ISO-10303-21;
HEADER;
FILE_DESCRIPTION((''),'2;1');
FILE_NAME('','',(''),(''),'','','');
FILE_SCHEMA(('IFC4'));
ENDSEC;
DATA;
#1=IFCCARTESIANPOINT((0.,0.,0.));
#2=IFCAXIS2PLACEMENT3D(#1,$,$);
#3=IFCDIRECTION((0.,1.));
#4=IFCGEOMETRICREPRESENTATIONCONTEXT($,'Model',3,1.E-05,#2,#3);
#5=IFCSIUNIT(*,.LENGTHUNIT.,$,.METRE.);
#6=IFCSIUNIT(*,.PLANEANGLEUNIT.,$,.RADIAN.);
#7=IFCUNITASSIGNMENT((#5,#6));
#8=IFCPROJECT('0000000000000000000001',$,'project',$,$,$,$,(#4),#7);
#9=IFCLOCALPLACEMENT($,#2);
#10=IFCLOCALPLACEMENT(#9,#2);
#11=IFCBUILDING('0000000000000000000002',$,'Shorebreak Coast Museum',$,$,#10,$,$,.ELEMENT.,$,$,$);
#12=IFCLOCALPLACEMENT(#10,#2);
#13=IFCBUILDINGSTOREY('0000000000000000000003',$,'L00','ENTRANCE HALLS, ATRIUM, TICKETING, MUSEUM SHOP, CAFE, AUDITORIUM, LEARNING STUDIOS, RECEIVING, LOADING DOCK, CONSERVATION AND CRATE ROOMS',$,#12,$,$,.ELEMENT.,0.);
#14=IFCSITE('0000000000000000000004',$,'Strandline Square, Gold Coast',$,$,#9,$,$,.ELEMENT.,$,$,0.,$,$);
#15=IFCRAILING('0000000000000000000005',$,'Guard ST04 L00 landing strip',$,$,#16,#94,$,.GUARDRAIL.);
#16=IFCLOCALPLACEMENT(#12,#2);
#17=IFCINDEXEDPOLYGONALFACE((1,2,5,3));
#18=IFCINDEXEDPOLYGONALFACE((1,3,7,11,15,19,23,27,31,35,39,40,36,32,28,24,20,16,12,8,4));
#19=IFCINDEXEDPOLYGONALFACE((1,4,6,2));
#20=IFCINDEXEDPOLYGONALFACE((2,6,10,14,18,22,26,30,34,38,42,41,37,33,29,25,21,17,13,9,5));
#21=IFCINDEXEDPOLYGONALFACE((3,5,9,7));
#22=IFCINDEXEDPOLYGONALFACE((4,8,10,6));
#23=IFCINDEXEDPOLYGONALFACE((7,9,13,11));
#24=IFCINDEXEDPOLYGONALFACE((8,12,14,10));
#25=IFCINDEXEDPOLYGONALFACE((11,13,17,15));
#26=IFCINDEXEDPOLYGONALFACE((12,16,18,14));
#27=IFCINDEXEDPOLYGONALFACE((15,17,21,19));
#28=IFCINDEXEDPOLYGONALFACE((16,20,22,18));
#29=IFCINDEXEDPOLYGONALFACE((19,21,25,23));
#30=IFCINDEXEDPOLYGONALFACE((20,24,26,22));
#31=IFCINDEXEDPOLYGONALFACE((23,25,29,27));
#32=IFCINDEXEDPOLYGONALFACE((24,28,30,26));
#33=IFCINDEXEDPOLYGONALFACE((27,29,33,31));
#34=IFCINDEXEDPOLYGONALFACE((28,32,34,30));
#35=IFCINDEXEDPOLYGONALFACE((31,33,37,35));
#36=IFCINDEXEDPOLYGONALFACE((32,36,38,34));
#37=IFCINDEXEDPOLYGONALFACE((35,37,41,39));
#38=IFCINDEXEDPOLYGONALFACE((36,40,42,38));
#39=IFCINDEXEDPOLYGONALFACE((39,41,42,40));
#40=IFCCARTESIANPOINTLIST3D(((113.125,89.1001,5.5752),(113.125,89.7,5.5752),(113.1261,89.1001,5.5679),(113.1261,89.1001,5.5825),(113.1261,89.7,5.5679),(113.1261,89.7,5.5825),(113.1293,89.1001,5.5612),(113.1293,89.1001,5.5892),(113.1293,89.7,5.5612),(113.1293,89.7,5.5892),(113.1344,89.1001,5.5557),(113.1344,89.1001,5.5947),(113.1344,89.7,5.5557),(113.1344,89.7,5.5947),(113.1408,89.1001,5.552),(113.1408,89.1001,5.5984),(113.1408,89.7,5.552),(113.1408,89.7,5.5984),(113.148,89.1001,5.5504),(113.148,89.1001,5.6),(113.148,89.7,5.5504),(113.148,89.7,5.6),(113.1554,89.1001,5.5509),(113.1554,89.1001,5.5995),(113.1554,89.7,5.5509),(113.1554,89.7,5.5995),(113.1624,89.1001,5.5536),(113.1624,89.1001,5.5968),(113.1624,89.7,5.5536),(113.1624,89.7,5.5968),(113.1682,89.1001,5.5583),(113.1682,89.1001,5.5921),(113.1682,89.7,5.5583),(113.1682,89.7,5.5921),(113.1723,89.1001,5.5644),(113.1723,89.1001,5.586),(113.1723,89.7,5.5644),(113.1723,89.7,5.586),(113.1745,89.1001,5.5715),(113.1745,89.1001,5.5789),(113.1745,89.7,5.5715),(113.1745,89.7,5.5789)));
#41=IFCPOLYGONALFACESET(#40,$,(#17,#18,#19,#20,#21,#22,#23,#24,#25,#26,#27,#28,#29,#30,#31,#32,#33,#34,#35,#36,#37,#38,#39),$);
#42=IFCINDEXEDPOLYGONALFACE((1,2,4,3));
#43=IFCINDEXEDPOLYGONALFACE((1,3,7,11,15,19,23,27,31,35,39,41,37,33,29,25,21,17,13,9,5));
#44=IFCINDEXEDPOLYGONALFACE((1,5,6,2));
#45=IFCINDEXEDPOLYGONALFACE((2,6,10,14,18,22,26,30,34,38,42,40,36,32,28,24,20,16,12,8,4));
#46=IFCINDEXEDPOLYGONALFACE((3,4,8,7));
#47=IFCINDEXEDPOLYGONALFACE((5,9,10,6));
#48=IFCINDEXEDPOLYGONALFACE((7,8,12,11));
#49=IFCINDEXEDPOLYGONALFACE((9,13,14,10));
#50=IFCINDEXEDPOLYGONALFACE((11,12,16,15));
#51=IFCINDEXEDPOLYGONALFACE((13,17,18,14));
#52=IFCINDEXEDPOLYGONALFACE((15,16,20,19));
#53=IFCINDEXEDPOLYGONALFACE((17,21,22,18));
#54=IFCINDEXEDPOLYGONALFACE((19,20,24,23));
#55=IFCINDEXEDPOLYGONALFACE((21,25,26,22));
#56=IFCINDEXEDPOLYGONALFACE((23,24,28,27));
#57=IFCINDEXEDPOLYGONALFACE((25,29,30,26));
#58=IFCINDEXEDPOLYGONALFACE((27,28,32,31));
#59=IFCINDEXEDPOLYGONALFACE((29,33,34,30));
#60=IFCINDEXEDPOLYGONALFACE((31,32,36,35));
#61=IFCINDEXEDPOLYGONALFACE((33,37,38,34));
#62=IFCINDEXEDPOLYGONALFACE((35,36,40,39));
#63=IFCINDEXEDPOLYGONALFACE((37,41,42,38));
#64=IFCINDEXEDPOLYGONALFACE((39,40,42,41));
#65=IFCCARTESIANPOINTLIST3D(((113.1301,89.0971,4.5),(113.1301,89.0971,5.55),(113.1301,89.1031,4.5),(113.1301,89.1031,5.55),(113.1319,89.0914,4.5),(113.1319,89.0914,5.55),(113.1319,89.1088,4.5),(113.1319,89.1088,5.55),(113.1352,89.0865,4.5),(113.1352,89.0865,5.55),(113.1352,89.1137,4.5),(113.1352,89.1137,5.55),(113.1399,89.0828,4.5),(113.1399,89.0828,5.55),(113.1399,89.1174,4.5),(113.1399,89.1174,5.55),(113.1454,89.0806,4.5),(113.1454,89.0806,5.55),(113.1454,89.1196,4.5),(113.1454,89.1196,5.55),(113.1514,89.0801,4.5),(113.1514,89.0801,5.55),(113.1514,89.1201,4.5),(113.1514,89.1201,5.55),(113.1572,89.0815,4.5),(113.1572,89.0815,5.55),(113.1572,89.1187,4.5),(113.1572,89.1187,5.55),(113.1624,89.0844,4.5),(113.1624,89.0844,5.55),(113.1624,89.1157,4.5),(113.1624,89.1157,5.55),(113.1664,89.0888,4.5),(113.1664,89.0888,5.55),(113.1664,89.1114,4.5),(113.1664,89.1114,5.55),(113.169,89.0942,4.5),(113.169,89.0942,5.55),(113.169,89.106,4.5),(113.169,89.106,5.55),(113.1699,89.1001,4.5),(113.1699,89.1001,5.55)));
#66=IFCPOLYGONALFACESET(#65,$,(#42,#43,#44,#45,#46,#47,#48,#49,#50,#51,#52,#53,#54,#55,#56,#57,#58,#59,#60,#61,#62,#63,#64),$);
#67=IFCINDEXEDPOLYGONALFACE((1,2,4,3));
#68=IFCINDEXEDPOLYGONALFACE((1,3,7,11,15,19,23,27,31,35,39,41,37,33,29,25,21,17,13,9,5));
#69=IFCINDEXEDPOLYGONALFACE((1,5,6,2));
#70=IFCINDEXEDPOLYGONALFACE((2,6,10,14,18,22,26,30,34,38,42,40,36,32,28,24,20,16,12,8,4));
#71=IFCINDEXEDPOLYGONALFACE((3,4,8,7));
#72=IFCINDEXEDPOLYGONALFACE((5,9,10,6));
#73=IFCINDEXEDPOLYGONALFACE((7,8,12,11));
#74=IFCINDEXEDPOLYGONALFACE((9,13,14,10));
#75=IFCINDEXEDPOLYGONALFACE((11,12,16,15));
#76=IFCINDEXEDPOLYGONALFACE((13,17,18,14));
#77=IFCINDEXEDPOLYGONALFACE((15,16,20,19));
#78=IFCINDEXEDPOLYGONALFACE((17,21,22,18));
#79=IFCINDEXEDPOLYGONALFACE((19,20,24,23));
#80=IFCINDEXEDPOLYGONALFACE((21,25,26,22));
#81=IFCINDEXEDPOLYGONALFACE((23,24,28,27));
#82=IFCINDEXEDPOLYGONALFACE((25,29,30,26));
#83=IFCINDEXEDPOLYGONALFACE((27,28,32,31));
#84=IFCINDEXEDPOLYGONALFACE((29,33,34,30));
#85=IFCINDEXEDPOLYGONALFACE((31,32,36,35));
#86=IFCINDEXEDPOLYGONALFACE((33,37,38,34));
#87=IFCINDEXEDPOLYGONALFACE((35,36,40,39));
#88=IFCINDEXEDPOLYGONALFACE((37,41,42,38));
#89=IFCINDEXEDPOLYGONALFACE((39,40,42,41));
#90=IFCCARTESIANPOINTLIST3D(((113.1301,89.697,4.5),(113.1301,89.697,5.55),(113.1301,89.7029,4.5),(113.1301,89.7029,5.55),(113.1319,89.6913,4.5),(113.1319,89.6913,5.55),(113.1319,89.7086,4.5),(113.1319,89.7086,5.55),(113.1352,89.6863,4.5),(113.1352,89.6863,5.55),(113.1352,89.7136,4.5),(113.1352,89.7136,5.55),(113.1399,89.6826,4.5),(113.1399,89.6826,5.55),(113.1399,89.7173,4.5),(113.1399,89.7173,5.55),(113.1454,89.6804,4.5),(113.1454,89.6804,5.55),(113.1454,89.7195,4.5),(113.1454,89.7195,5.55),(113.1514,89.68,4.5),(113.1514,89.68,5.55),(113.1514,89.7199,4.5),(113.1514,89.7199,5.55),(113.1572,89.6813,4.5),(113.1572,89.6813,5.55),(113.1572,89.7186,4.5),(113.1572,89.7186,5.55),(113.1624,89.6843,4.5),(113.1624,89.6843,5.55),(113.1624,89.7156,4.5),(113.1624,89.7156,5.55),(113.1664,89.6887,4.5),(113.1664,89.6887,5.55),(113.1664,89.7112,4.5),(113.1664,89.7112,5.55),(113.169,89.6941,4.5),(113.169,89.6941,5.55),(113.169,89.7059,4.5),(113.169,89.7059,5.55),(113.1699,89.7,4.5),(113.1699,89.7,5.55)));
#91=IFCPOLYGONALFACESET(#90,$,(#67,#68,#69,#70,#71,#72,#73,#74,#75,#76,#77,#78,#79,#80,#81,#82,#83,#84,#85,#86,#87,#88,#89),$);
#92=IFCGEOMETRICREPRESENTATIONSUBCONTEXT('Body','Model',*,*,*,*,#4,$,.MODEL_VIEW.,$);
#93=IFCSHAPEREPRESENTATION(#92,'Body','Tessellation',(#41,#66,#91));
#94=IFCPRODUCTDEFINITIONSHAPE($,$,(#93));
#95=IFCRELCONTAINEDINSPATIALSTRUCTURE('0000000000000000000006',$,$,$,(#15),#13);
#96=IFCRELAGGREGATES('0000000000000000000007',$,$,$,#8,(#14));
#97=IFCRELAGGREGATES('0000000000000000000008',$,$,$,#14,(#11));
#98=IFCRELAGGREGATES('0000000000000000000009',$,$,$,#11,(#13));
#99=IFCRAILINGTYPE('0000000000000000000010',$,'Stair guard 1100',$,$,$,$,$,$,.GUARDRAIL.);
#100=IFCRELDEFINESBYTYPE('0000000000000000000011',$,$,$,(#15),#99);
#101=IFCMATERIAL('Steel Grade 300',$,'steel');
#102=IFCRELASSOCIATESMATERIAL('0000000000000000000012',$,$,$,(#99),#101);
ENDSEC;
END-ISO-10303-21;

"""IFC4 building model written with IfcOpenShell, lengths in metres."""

from ifc_helpers import new_model, si_unit, direction, frame, origin, origin_2d, place, context, subcontext, project, spatial, circle, extrude, material, type_object, element, save


model = new_model("IFC4")

# Units and contexts
model_context = context("Model", 3, precision=1e-05, world=origin(), true_north=direction((0.0, 1.0)))
body_context = subcontext(model_context, "Body", "Model", "MODEL_VIEW")
ifc_project = project(units=[si_unit("LENGTHUNIT", "METRE"), si_unit("PLANEANGLEUNIT", "RADIAN")], contexts=[model_context])

# Site, building, storey
site_placement = place(None, origin())
site = spatial("IfcSite", under=ifc_project, at=site_placement, Name="Strandline Square, Gold Coast", CompositionType="ELEMENT", RefElevation=0.0)
building_placement = place(site_placement, origin())
building = spatial("IfcBuilding", under=site, at=building_placement, Name="Shorebreak Coast Museum", CompositionType="ELEMENT")
storey_placement = place(building_placement, origin())
storey = spatial("IfcBuildingStorey", under=building, at=storey_placement, Name="L00", Description="ENTRANCE HALLS, ATRIUM, TICKETING, MUSEUM SHOP, CAFE, AUDITORIUM, LEARNING STUDIOS, RECEIVING, LOADING DOCK, CONSERVATION AND CRATE ROOMS", CompositionType="ELEMENT", Elevation=0.0)

# Railing
ifc_material_1 = material(Name="Steel Grade 300", Category="steel")
railing_type_1 = type_object("IfcRailingType", Name="Stair guard 1100", PredefinedType="GUARDRAIL", material=ifc_material_1)
for number, where, name in (
    (1, (113.1499, 89.1001, 4.5), "Guard ST04 L00 landing strip"),
):
    element("IfcRailing", number, at=place(storey_placement, frame(where)), inside=storey, type_object=railing_type_1, Name=name, PredefinedType="GUARDRAIL", context=body_context, shape_type="SweptSolid", body=[
        extrude(circle(Radius=0.0249, at=origin_2d()), frame((0.0, 0.0, 1.0752), z_axis=(0.0, 1.0, 0.0), x_axis=(-1.0, 0.0, 0.0)), (0.0, 0.0, 1.0), 0.5999),
        extrude(circle(Radius=0.02, at=origin_2d()), origin(), (0.0, 0.0, 1.0), 1.05),
        extrude(circle(Radius=0.02, at=origin_2d()), frame((0.0, 0.5999, 0.0)), (0.0, 0.0, 1.0), 1.05),
    ])

save(model, "model.ifc")
